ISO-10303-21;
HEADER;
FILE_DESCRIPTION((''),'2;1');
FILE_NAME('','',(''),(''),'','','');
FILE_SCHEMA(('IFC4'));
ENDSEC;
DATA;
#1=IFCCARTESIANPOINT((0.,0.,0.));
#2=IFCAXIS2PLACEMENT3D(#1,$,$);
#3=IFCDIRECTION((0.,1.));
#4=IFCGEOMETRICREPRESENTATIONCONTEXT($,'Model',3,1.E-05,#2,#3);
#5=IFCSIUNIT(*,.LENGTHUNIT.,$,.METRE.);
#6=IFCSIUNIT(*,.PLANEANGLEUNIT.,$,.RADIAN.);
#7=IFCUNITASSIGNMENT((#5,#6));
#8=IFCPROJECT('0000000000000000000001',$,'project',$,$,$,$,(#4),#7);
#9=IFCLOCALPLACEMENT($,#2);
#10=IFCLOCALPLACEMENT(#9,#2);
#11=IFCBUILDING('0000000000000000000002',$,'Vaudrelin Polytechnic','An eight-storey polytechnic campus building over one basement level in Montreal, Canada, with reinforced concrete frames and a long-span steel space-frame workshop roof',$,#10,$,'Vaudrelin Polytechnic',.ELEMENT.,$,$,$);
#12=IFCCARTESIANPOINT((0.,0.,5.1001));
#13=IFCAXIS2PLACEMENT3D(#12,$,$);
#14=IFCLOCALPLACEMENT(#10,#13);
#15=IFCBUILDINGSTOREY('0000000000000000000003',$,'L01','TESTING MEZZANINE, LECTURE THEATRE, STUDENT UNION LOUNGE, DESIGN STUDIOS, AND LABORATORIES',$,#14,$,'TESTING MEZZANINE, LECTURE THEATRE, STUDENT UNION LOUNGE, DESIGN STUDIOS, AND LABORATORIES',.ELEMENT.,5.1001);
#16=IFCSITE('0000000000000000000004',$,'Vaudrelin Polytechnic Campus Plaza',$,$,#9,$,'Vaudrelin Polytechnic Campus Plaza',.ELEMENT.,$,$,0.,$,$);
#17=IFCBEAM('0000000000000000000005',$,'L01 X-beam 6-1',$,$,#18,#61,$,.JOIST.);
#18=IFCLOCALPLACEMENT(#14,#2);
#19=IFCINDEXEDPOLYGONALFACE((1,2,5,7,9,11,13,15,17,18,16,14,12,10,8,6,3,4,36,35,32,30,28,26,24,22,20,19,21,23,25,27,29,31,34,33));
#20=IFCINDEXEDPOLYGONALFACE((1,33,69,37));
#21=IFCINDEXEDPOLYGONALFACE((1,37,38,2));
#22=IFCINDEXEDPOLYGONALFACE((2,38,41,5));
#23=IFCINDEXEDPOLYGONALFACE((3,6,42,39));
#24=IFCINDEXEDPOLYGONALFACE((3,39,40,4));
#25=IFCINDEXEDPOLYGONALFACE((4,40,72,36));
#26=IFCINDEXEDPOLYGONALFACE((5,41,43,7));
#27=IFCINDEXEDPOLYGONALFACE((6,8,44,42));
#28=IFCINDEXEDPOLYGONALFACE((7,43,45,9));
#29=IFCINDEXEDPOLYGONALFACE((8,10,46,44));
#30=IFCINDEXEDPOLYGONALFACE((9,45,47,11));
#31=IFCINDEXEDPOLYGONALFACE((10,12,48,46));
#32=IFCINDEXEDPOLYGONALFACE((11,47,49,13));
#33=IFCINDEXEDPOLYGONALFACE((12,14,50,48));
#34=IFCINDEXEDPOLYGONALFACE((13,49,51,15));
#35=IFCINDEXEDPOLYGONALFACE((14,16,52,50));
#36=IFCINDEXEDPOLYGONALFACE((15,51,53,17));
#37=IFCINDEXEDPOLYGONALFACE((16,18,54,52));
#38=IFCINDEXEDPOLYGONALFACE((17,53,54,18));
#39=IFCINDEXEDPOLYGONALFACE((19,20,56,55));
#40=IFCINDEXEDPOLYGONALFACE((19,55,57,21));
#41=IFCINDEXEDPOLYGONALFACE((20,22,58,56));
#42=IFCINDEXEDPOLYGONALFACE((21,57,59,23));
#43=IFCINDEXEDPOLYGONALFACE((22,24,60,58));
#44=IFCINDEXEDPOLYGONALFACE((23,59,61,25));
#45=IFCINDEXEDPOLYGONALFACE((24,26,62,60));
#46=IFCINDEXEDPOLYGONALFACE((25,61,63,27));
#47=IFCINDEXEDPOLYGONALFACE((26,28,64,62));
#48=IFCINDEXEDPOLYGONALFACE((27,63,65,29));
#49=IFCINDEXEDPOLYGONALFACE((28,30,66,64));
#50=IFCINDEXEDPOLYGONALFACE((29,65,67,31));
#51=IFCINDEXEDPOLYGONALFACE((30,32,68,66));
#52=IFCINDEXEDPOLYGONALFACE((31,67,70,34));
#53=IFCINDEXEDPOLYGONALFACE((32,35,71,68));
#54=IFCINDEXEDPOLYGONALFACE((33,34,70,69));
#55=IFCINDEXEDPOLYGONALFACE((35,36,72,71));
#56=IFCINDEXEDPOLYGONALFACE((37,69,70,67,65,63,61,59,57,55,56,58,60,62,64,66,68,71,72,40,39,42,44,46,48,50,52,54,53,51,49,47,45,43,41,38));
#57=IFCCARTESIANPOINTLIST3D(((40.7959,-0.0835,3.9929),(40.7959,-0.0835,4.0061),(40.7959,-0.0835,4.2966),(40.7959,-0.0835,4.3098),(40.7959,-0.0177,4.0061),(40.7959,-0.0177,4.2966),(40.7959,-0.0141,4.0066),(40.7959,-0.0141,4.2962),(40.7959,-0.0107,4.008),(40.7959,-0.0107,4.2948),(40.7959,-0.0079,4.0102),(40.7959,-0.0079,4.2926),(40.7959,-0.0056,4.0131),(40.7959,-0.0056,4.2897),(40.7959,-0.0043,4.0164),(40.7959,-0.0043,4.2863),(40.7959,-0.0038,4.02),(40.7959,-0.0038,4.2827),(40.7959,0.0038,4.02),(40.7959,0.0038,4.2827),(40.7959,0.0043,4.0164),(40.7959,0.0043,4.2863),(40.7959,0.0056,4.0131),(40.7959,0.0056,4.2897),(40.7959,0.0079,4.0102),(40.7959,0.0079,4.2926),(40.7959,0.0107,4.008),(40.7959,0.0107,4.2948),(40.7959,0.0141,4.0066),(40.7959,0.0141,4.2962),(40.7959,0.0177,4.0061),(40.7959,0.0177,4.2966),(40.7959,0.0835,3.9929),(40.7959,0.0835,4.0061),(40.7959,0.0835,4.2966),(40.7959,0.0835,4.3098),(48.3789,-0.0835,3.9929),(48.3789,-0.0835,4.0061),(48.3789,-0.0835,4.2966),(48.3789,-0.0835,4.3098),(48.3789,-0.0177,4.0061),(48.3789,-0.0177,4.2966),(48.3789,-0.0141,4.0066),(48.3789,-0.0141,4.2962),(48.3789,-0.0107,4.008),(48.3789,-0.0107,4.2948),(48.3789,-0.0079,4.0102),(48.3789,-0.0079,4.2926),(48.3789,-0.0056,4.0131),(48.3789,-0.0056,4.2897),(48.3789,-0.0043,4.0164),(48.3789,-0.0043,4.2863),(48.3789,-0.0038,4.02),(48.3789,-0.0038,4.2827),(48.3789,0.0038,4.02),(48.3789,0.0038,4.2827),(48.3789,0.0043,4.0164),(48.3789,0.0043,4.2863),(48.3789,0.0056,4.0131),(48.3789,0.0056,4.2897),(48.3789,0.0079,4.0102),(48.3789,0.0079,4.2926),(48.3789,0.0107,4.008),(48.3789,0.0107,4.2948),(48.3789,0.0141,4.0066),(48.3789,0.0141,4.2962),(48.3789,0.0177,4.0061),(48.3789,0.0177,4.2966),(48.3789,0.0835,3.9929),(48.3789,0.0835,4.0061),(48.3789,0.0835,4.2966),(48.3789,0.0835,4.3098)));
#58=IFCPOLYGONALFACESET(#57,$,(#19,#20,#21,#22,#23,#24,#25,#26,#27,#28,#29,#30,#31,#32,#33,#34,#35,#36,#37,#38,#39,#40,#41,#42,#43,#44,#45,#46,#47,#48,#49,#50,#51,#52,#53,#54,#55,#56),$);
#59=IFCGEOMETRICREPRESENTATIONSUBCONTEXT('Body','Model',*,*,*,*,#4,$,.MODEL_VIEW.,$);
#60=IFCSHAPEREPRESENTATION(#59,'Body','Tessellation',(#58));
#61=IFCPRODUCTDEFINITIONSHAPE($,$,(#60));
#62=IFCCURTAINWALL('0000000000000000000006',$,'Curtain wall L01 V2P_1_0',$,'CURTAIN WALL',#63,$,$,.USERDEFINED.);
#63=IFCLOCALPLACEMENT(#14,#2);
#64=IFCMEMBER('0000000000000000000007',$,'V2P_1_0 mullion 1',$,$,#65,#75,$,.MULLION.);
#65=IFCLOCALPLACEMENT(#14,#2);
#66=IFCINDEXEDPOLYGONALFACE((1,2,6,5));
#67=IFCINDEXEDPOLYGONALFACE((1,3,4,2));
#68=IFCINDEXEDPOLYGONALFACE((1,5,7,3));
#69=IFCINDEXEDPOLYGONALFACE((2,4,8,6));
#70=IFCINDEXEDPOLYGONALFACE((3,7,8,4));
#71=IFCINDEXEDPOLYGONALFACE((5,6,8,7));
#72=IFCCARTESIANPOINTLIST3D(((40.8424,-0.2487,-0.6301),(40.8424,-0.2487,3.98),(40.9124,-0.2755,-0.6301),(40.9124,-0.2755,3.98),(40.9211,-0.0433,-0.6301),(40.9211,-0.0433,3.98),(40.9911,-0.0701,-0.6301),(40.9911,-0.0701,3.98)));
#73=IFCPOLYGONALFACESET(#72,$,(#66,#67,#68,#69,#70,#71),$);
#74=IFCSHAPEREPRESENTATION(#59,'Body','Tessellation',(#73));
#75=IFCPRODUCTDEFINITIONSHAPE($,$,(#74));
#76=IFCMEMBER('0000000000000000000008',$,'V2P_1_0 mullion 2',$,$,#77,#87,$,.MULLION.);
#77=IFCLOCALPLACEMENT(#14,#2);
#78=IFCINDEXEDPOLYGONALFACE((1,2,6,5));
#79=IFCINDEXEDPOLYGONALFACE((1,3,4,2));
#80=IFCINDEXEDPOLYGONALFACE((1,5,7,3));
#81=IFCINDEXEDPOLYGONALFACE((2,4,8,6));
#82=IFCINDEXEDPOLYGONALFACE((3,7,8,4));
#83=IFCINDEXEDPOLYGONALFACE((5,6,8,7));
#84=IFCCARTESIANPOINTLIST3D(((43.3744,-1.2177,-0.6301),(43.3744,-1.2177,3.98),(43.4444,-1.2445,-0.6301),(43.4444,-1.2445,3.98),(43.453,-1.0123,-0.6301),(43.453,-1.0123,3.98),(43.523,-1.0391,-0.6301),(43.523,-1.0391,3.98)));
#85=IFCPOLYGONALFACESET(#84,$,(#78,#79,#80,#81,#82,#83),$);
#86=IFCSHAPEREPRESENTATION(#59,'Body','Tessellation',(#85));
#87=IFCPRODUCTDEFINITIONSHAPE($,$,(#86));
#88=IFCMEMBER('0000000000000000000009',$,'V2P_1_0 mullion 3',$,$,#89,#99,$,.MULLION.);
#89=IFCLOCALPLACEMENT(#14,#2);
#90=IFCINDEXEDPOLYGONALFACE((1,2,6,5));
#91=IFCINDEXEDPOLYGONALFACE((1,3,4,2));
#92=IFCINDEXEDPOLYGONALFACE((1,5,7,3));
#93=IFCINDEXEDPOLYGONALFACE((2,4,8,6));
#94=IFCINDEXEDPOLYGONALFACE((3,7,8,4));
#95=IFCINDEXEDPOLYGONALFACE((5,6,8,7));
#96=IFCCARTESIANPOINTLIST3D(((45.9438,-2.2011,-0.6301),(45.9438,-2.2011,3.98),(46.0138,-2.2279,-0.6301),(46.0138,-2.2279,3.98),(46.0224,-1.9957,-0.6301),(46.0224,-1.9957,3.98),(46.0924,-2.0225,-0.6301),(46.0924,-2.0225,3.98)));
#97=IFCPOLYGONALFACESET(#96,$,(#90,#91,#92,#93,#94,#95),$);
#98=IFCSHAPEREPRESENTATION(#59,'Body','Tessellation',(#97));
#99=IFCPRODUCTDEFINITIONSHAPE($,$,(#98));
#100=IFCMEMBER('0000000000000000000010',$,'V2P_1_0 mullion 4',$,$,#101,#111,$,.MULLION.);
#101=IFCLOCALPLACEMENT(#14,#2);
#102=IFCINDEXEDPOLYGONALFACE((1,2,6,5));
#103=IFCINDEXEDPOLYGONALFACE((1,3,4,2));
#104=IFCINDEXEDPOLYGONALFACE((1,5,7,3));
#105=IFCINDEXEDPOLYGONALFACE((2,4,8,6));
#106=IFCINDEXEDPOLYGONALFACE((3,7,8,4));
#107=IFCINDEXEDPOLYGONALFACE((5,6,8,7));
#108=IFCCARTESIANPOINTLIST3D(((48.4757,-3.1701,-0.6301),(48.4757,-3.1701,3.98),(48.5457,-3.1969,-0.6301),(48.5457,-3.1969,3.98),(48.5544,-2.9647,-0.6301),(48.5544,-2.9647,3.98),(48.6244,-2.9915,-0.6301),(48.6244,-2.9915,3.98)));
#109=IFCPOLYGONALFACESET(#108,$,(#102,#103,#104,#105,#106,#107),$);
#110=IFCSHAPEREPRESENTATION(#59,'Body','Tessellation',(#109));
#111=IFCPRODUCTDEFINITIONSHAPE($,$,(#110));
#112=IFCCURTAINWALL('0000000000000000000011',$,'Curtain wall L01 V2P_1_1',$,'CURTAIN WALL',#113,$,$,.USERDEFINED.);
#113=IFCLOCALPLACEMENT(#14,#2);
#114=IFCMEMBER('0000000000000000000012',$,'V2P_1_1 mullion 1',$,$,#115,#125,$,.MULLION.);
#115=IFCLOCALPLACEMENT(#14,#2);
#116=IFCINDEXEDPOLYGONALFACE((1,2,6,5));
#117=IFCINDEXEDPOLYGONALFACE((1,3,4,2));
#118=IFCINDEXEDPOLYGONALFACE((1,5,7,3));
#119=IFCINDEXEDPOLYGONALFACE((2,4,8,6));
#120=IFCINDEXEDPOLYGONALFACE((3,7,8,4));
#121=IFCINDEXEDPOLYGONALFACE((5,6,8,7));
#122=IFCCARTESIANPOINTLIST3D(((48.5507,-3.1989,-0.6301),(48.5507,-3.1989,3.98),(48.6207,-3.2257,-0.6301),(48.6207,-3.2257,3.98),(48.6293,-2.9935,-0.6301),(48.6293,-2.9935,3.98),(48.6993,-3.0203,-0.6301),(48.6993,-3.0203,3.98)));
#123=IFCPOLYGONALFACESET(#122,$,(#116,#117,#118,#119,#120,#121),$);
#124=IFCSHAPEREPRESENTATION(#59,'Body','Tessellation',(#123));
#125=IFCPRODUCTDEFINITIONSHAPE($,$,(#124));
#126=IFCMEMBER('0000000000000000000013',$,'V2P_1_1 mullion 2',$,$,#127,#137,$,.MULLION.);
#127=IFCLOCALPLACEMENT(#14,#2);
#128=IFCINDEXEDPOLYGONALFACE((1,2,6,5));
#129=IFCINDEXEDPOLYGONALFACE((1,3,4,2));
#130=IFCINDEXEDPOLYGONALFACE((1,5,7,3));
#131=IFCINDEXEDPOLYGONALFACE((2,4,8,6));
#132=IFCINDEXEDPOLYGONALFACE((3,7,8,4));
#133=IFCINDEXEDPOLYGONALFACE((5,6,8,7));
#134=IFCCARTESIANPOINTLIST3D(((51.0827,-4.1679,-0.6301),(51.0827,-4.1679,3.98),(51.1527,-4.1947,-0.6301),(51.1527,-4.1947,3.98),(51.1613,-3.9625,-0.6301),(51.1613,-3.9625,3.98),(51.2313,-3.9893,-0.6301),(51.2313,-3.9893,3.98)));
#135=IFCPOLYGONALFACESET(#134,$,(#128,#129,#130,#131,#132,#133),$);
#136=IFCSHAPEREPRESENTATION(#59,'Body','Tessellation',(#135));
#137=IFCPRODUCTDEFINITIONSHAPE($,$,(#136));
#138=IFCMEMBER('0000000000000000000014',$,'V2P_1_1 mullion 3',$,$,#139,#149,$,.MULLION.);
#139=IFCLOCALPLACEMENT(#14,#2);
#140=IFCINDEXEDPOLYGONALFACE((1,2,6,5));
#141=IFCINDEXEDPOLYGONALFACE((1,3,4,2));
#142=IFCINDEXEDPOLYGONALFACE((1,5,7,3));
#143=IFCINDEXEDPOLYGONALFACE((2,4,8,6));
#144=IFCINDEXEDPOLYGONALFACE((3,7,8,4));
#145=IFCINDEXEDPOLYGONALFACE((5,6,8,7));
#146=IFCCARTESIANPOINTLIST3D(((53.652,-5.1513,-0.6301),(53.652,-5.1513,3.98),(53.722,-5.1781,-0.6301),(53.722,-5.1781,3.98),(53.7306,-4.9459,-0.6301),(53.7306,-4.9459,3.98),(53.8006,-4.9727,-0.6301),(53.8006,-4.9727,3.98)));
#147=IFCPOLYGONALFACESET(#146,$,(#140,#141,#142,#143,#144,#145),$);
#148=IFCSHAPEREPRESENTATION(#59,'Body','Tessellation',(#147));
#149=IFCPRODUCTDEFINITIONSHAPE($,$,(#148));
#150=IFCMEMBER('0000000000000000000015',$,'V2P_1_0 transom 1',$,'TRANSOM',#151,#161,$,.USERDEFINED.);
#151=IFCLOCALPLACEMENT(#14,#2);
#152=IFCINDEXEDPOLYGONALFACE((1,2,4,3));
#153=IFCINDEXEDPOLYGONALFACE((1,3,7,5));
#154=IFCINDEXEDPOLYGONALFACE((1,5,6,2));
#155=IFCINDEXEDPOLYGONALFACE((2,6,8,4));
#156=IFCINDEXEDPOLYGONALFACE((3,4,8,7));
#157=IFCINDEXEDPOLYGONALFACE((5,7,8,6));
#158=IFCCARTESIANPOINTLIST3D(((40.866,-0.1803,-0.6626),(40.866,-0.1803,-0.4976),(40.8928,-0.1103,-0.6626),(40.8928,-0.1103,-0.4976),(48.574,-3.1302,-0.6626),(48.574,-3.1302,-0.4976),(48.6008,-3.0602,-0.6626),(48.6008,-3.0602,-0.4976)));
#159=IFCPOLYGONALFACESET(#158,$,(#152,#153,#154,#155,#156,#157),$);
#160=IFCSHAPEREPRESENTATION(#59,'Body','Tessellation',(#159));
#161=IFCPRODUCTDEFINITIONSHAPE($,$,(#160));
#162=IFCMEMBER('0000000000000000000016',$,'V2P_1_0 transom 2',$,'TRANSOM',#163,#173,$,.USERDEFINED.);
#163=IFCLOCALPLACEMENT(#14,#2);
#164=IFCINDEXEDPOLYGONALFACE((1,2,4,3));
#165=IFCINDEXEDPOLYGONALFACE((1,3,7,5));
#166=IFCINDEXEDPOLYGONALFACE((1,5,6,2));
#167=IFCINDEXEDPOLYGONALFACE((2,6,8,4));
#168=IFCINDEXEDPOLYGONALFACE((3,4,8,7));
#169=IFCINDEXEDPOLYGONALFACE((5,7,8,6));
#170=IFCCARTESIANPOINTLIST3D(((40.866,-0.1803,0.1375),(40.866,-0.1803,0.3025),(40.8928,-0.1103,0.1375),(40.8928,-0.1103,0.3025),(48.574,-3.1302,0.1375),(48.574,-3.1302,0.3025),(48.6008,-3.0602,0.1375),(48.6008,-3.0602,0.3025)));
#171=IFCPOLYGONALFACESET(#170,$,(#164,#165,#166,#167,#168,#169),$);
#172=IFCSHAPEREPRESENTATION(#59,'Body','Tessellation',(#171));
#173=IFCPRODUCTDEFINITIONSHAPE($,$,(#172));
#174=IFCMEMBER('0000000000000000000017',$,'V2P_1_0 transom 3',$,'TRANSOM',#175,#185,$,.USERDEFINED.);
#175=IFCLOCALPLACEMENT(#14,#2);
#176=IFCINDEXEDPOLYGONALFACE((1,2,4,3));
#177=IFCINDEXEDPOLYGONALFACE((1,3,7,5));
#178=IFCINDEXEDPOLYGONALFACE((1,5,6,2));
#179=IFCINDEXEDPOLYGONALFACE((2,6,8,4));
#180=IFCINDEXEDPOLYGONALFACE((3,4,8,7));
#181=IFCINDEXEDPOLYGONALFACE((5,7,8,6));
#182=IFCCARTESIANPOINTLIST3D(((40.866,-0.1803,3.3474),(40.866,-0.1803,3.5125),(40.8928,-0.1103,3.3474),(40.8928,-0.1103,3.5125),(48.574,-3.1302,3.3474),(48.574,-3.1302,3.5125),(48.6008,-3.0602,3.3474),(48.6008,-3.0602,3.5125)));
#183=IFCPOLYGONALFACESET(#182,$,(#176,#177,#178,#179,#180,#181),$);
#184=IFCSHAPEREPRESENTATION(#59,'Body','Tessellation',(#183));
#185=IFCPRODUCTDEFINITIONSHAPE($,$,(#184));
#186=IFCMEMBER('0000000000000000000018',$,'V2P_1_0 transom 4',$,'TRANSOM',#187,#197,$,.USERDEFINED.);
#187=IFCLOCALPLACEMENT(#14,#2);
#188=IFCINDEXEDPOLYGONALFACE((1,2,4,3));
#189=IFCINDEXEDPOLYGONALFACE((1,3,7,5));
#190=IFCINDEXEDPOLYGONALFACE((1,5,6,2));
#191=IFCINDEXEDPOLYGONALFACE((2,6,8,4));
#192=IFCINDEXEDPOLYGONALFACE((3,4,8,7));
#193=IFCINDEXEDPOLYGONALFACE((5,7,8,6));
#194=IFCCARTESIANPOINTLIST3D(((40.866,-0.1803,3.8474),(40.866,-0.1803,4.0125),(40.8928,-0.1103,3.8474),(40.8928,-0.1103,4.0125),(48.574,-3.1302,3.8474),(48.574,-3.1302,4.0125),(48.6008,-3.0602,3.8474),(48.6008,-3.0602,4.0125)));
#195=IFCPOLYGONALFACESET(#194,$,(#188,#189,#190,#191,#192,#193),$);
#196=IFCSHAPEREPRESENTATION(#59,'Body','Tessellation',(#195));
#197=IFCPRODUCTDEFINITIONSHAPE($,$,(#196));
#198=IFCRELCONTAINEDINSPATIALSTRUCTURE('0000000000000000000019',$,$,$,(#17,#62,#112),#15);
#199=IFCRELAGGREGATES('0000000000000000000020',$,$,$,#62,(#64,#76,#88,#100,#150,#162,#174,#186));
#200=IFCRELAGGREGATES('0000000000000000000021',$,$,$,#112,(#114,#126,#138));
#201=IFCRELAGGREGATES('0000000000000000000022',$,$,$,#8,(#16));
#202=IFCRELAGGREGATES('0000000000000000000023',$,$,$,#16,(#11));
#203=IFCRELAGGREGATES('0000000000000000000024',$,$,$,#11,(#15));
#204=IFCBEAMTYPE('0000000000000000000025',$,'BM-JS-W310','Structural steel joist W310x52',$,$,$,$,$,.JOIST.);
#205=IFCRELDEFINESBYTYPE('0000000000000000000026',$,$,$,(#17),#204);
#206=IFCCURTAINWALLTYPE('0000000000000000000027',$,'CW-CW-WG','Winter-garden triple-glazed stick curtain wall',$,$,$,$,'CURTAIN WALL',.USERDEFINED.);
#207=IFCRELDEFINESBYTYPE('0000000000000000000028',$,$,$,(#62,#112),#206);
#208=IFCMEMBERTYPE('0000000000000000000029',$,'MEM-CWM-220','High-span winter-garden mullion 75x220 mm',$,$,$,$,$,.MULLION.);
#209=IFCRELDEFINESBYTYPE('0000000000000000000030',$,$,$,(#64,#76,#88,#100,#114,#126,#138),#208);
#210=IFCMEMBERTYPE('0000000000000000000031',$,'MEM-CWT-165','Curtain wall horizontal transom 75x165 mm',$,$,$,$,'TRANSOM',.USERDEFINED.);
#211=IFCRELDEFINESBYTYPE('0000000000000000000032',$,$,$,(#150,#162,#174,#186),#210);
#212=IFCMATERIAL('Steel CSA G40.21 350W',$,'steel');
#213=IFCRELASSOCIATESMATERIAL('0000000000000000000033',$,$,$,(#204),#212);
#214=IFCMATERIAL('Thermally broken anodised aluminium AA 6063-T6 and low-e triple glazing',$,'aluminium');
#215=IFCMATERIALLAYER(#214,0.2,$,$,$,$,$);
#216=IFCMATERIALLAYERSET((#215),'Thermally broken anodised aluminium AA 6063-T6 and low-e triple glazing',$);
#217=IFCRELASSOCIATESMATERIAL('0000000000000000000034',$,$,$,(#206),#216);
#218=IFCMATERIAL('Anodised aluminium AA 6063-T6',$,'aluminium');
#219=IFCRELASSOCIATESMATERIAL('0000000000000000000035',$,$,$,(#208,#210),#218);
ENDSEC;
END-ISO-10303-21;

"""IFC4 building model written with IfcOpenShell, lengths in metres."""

from ifc_helpers import new_model, si_unit, direction, frame, origin, origin_2d, place, context, subcontext, project, spatial, rectangle, i_section, extrude, material, layer, layer_set, material_profile, profile_set, type_object, element, aggregate, save


model = new_model("IFC4")

# Units and contexts
model_context = context("Model", 3, precision=1e-05, world=origin(), true_north=direction((0.0, 1.0)))
body_context = subcontext(model_context, "Body", "Model", "MODEL_VIEW")
ifc_project = project(units=[si_unit("LENGTHUNIT", "METRE"), si_unit("PLANEANGLEUNIT", "RADIAN")], contexts=[model_context])

# Site, building, storey
site_placement = place(None, origin())
site = spatial("IfcSite", under=ifc_project, at=site_placement, Name="Vaudrelin Polytechnic Campus Plaza", LongName="Vaudrelin Polytechnic Campus Plaza", CompositionType="ELEMENT", RefElevation=0.0)
building_placement = place(site_placement, origin())
building = spatial("IfcBuilding", under=site, at=building_placement, Name="Vaudrelin Polytechnic", Description="An eight-storey polytechnic campus building over one basement level in Montreal, Canada, with reinforced concrete frames and a long-span steel space-frame workshop roof", LongName="Vaudrelin Polytechnic", CompositionType="ELEMENT")
storey_placement = place(building_placement, frame((0.0, 0.0, 5.1001)))
storey = spatial("IfcBuildingStorey", under=building, at=storey_placement, Name="L01", Description="TESTING MEZZANINE, LECTURE THEATRE, STUDENT UNION LOUNGE, DESIGN STUDIOS, AND LABORATORIES", LongName="TESTING MEZZANINE, LECTURE THEATRE, STUDENT UNION LOUNGE, DESIGN STUDIOS, AND LABORATORIES", CompositionType="ELEMENT", Elevation=5.1001)

# Beam
ifc_material_1 = material(Name="Steel CSA G40.21 350W", Category="steel")
ifc_material_profile_1 = material_profile(ifc_material_1, i_section(OverallWidth=0.167, OverallDepth=0.3169, WebThickness=0.0076, FlangeThickness=0.0132, FilletRadius=0.0139, at=origin_2d()), Name="W310x52")
ifc_profile_set_1 = profile_set([ifc_material_profile_1], Name="Steel CSA G40.21 350W")
beam_type_1 = type_object("IfcBeamType", Name="BM-JS-W310", Description="Structural steel joist W310x52", PredefinedType="JOIST", material=ifc_profile_set_1)
beam_1_placement = place(storey_placement, frame((40.7959, 0.0, 4.1514), z_axis=(1.0, 0.0, 0.0), x_axis=(0.0, 1.0, 0.0)))
element("IfcBeam", 1, at=beam_1_placement, inside=storey, type_object=beam_type_1, Name="L01 X-beam 6-1", PredefinedType="JOIST", context=body_context, shape_type="SweptSolid", body=[
    extrude(i_section(OverallWidth=0.167, OverallDepth=0.3169, WebThickness=0.0076, FlangeThickness=0.0132, FilletRadius=0.0139, at=origin_2d()), origin(), (0.0, 0.0, 1.0), 7.583),
])

# Curtain walls, members
ifc_material_2 = material(Name="Thermally broken anodised aluminium AA 6063-T6 and low-e triple glazing", Category="aluminium")
ifc_layer_1 = layer(ifc_material_2, 0.2)
ifc_layer_set_1 = layer_set([ifc_layer_1], Name="Thermally broken anodised aluminium AA 6063-T6 and low-e triple glazing")
curtain_wall_type = type_object("IfcCurtainWallType", Name="CW-CW-WG", Description="Winter-garden triple-glazed stick curtain wall", ElementType="CURTAIN WALL", PredefinedType="USERDEFINED", material=ifc_layer_set_1)
curtain_wall_1_placement = place(storey_placement, origin())
curtain_wall_1 = element("IfcCurtainWall", 2, at=curtain_wall_1_placement, inside=storey, type_object=curtain_wall_type, Name="Curtain wall L01 V2P_1_0", ObjectType="CURTAIN WALL", PredefinedType="USERDEFINED")
ifc_material_3 = material(Name="Anodised aluminium AA 6063-T6", Category="aluminium")
ifc_material_profile_2 = material_profile(ifc_material_3, rectangle(XDim=0.075, YDim=0.22, at=origin_2d()), Name="CWM-75x220")
ifc_profile_set_2 = profile_set([ifc_material_profile_2], Name="Anodised aluminium AA 6063-T6")
member_type_1 = type_object("IfcMemberType", Name="MEM-CWM-220", Description="High-span winter-garden mullion 75x220 mm", PredefinedType="MULLION", material=ifc_profile_set_2)
member_1_placement = place(storey_placement, frame((40.9167, -0.1594, -0.6301), z_axis=(0.0, 0.0, 1.0), x_axis=(0.933939, -0.357432, 0.0)))
member_1 = element("IfcMember", 3, at=member_1_placement, type_object=member_type_1, Name="V2P_1_0 mullion 1", PredefinedType="MULLION", context=body_context, shape_type="SweptSolid", body=[
    extrude(rectangle(XDim=0.075, YDim=0.22, at=origin_2d()), origin(), (0.0, 0.0, 1.0), 4.6101),
])
member_2_placement = place(storey_placement, frame((43.4487, -1.1284, -0.6301), z_axis=(0.0, 0.0, 1.0), x_axis=(0.933939, -0.357432, 0.0)))
member_2 = element("IfcMember", 4, at=member_2_placement, type_object=member_type_1, Name="V2P_1_0 mullion 2", PredefinedType="MULLION", context=body_context, shape_type="SweptSolid", body=[
    extrude(rectangle(XDim=0.075, YDim=0.22, at=origin_2d()), origin(), (0.0, 0.0, 1.0), 4.6101),
])
member_3_placement = place(storey_placement, frame((46.0181, -2.1118, -0.6301), z_axis=(0.0, 0.0, 1.0), x_axis=(0.933939, -0.357432, 0.0)))
member_3 = element("IfcMember", 5, at=member_3_placement, type_object=member_type_1, Name="V2P_1_0 mullion 3", PredefinedType="MULLION", context=body_context, shape_type="SweptSolid", body=[
    extrude(rectangle(XDim=0.075, YDim=0.22, at=origin_2d()), origin(), (0.0, 0.0, 1.0), 4.6101),
])
member_4_placement = place(storey_placement, frame((48.55, -3.0808, -0.6301), z_axis=(0.0, 0.0, 1.0), x_axis=(0.933939, -0.357432, 0.0)))
member_4 = element("IfcMember", 6, at=member_4_placement, type_object=member_type_1, Name="V2P_1_0 mullion 4", PredefinedType="MULLION", context=body_context, shape_type="SweptSolid", body=[
    extrude(rectangle(XDim=0.075, YDim=0.22, at=origin_2d()), origin(), (0.0, 0.0, 1.0), 4.6101),
])
curtain_wall_2_placement = place(storey_placement, origin())
curtain_wall_2 = element("IfcCurtainWall", 7, at=curtain_wall_2_placement, inside=storey, type_object=curtain_wall_type, Name="Curtain wall L01 V2P_1_1", ObjectType="CURTAIN WALL", PredefinedType="USERDEFINED")
member_5_placement = place(storey_placement, frame((48.625, -3.1096, -0.6301), z_axis=(0.0, 0.0, 1.0), x_axis=(0.933939, -0.357432, 0.0)))
member_5 = element("IfcMember", 8, at=member_5_placement, type_object=member_type_1, Name="V2P_1_1 mullion 1", PredefinedType="MULLION", context=body_context, shape_type="SweptSolid", body=[
    extrude(rectangle(XDim=0.075, YDim=0.22, at=origin_2d()), origin(), (0.0, 0.0, 1.0), 4.6101),
])
member_6_placement = place(storey_placement, frame((51.157, -4.0786, -0.6301), z_axis=(0.0, 0.0, 1.0), x_axis=(0.933939, -0.357432, 0.0)))
member_6 = element("IfcMember", 9, at=member_6_placement, type_object=member_type_1, Name="V2P_1_1 mullion 2", PredefinedType="MULLION", context=body_context, shape_type="SweptSolid", body=[
    extrude(rectangle(XDim=0.075, YDim=0.22, at=origin_2d()), origin(), (0.0, 0.0, 1.0), 4.6101),
])
member_7_placement = place(storey_placement, frame((53.7263, -5.062, -0.6301), z_axis=(0.0, 0.0, 1.0), x_axis=(0.933939, -0.357432, 0.0)))
member_7 = element("IfcMember", 10, at=member_7_placement, type_object=member_type_1, Name="V2P_1_1 mullion 3", PredefinedType="MULLION", context=body_context, shape_type="SweptSolid", body=[
    extrude(rectangle(XDim=0.075, YDim=0.22, at=origin_2d()), origin(), (0.0, 0.0, 1.0), 4.6101),
])

# Members
ifc_material_profile_3 = material_profile(ifc_material_3, rectangle(XDim=0.075, YDim=0.165, at=origin_2d()), Name="CWT-75x165")
ifc_profile_set_3 = profile_set([ifc_material_profile_3], Name="Anodised aluminium AA 6063-T6")
member_type_2 = type_object("IfcMemberType", Name="MEM-CWT-165", Description="Curtain wall horizontal transom 75x165 mm", ElementType="TRANSOM", PredefinedType="USERDEFINED", material=ifc_profile_set_3)
member_8_placement = place(storey_placement, frame((40.8794, -0.1453, -0.5801), z_axis=(0.93394, -0.35743, 0.0), x_axis=(0.35743, 0.93394, 0.0)))
member_8 = element("IfcMember", 11, at=member_8_placement, type_object=member_type_2, Name="V2P_1_0 transom 1", ObjectType="TRANSOM", PredefinedType="USERDEFINED", context=body_context, shape_type="SweptSolid", body=[
    extrude(rectangle(XDim=0.075, YDim=0.165, at=origin_2d()), origin(), (0.0, 0.0, 1.0), 8.2532),
])
member_9_placement = place(storey_placement, frame((40.8794, -0.1453, 0.22), z_axis=(0.93394, -0.35743, 0.0), x_axis=(0.35743, 0.93394, 0.0)))
member_9 = element("IfcMember", 12, at=member_9_placement, type_object=member_type_2, Name="V2P_1_0 transom 2", ObjectType="TRANSOM", PredefinedType="USERDEFINED", context=body_context, shape_type="SweptSolid", body=[
    extrude(rectangle(XDim=0.075, YDim=0.165, at=origin_2d()), origin(), (0.0, 0.0, 1.0), 8.2532),
])
member_10_placement = place(storey_placement, frame((40.8794, -0.1453, 3.4299), z_axis=(0.93394, -0.35743, 0.0), x_axis=(0.35743, 0.93394, 0.0)))
member_10 = element("IfcMember", 13, at=member_10_placement, type_object=member_type_2, Name="V2P_1_0 transom 3", ObjectType="TRANSOM", PredefinedType="USERDEFINED", context=body_context, shape_type="SweptSolid", body=[
    extrude(rectangle(XDim=0.075, YDim=0.165, at=origin_2d()), origin(), (0.0, 0.0, 1.0), 8.2532),
])
member_11_placement = place(storey_placement, frame((40.8794, -0.1453, 3.9299), z_axis=(0.93394, -0.35743, 0.0), x_axis=(0.35743, 0.93394, 0.0)))
member_11 = element("IfcMember", 14, at=member_11_placement, type_object=member_type_2, Name="V2P_1_0 transom 4", ObjectType="TRANSOM", PredefinedType="USERDEFINED", context=body_context, shape_type="SweptSolid", body=[
    extrude(rectangle(XDim=0.075, YDim=0.165, at=origin_2d()), origin(), (0.0, 0.0, 1.0), 8.2532),
])

aggregate(curtain_wall_1, [member_1, member_2, member_3, member_4, member_8, member_9, member_10, member_11])
aggregate(curtain_wall_2, [member_5, member_6, member_7])

save(model, "model.ifc")
